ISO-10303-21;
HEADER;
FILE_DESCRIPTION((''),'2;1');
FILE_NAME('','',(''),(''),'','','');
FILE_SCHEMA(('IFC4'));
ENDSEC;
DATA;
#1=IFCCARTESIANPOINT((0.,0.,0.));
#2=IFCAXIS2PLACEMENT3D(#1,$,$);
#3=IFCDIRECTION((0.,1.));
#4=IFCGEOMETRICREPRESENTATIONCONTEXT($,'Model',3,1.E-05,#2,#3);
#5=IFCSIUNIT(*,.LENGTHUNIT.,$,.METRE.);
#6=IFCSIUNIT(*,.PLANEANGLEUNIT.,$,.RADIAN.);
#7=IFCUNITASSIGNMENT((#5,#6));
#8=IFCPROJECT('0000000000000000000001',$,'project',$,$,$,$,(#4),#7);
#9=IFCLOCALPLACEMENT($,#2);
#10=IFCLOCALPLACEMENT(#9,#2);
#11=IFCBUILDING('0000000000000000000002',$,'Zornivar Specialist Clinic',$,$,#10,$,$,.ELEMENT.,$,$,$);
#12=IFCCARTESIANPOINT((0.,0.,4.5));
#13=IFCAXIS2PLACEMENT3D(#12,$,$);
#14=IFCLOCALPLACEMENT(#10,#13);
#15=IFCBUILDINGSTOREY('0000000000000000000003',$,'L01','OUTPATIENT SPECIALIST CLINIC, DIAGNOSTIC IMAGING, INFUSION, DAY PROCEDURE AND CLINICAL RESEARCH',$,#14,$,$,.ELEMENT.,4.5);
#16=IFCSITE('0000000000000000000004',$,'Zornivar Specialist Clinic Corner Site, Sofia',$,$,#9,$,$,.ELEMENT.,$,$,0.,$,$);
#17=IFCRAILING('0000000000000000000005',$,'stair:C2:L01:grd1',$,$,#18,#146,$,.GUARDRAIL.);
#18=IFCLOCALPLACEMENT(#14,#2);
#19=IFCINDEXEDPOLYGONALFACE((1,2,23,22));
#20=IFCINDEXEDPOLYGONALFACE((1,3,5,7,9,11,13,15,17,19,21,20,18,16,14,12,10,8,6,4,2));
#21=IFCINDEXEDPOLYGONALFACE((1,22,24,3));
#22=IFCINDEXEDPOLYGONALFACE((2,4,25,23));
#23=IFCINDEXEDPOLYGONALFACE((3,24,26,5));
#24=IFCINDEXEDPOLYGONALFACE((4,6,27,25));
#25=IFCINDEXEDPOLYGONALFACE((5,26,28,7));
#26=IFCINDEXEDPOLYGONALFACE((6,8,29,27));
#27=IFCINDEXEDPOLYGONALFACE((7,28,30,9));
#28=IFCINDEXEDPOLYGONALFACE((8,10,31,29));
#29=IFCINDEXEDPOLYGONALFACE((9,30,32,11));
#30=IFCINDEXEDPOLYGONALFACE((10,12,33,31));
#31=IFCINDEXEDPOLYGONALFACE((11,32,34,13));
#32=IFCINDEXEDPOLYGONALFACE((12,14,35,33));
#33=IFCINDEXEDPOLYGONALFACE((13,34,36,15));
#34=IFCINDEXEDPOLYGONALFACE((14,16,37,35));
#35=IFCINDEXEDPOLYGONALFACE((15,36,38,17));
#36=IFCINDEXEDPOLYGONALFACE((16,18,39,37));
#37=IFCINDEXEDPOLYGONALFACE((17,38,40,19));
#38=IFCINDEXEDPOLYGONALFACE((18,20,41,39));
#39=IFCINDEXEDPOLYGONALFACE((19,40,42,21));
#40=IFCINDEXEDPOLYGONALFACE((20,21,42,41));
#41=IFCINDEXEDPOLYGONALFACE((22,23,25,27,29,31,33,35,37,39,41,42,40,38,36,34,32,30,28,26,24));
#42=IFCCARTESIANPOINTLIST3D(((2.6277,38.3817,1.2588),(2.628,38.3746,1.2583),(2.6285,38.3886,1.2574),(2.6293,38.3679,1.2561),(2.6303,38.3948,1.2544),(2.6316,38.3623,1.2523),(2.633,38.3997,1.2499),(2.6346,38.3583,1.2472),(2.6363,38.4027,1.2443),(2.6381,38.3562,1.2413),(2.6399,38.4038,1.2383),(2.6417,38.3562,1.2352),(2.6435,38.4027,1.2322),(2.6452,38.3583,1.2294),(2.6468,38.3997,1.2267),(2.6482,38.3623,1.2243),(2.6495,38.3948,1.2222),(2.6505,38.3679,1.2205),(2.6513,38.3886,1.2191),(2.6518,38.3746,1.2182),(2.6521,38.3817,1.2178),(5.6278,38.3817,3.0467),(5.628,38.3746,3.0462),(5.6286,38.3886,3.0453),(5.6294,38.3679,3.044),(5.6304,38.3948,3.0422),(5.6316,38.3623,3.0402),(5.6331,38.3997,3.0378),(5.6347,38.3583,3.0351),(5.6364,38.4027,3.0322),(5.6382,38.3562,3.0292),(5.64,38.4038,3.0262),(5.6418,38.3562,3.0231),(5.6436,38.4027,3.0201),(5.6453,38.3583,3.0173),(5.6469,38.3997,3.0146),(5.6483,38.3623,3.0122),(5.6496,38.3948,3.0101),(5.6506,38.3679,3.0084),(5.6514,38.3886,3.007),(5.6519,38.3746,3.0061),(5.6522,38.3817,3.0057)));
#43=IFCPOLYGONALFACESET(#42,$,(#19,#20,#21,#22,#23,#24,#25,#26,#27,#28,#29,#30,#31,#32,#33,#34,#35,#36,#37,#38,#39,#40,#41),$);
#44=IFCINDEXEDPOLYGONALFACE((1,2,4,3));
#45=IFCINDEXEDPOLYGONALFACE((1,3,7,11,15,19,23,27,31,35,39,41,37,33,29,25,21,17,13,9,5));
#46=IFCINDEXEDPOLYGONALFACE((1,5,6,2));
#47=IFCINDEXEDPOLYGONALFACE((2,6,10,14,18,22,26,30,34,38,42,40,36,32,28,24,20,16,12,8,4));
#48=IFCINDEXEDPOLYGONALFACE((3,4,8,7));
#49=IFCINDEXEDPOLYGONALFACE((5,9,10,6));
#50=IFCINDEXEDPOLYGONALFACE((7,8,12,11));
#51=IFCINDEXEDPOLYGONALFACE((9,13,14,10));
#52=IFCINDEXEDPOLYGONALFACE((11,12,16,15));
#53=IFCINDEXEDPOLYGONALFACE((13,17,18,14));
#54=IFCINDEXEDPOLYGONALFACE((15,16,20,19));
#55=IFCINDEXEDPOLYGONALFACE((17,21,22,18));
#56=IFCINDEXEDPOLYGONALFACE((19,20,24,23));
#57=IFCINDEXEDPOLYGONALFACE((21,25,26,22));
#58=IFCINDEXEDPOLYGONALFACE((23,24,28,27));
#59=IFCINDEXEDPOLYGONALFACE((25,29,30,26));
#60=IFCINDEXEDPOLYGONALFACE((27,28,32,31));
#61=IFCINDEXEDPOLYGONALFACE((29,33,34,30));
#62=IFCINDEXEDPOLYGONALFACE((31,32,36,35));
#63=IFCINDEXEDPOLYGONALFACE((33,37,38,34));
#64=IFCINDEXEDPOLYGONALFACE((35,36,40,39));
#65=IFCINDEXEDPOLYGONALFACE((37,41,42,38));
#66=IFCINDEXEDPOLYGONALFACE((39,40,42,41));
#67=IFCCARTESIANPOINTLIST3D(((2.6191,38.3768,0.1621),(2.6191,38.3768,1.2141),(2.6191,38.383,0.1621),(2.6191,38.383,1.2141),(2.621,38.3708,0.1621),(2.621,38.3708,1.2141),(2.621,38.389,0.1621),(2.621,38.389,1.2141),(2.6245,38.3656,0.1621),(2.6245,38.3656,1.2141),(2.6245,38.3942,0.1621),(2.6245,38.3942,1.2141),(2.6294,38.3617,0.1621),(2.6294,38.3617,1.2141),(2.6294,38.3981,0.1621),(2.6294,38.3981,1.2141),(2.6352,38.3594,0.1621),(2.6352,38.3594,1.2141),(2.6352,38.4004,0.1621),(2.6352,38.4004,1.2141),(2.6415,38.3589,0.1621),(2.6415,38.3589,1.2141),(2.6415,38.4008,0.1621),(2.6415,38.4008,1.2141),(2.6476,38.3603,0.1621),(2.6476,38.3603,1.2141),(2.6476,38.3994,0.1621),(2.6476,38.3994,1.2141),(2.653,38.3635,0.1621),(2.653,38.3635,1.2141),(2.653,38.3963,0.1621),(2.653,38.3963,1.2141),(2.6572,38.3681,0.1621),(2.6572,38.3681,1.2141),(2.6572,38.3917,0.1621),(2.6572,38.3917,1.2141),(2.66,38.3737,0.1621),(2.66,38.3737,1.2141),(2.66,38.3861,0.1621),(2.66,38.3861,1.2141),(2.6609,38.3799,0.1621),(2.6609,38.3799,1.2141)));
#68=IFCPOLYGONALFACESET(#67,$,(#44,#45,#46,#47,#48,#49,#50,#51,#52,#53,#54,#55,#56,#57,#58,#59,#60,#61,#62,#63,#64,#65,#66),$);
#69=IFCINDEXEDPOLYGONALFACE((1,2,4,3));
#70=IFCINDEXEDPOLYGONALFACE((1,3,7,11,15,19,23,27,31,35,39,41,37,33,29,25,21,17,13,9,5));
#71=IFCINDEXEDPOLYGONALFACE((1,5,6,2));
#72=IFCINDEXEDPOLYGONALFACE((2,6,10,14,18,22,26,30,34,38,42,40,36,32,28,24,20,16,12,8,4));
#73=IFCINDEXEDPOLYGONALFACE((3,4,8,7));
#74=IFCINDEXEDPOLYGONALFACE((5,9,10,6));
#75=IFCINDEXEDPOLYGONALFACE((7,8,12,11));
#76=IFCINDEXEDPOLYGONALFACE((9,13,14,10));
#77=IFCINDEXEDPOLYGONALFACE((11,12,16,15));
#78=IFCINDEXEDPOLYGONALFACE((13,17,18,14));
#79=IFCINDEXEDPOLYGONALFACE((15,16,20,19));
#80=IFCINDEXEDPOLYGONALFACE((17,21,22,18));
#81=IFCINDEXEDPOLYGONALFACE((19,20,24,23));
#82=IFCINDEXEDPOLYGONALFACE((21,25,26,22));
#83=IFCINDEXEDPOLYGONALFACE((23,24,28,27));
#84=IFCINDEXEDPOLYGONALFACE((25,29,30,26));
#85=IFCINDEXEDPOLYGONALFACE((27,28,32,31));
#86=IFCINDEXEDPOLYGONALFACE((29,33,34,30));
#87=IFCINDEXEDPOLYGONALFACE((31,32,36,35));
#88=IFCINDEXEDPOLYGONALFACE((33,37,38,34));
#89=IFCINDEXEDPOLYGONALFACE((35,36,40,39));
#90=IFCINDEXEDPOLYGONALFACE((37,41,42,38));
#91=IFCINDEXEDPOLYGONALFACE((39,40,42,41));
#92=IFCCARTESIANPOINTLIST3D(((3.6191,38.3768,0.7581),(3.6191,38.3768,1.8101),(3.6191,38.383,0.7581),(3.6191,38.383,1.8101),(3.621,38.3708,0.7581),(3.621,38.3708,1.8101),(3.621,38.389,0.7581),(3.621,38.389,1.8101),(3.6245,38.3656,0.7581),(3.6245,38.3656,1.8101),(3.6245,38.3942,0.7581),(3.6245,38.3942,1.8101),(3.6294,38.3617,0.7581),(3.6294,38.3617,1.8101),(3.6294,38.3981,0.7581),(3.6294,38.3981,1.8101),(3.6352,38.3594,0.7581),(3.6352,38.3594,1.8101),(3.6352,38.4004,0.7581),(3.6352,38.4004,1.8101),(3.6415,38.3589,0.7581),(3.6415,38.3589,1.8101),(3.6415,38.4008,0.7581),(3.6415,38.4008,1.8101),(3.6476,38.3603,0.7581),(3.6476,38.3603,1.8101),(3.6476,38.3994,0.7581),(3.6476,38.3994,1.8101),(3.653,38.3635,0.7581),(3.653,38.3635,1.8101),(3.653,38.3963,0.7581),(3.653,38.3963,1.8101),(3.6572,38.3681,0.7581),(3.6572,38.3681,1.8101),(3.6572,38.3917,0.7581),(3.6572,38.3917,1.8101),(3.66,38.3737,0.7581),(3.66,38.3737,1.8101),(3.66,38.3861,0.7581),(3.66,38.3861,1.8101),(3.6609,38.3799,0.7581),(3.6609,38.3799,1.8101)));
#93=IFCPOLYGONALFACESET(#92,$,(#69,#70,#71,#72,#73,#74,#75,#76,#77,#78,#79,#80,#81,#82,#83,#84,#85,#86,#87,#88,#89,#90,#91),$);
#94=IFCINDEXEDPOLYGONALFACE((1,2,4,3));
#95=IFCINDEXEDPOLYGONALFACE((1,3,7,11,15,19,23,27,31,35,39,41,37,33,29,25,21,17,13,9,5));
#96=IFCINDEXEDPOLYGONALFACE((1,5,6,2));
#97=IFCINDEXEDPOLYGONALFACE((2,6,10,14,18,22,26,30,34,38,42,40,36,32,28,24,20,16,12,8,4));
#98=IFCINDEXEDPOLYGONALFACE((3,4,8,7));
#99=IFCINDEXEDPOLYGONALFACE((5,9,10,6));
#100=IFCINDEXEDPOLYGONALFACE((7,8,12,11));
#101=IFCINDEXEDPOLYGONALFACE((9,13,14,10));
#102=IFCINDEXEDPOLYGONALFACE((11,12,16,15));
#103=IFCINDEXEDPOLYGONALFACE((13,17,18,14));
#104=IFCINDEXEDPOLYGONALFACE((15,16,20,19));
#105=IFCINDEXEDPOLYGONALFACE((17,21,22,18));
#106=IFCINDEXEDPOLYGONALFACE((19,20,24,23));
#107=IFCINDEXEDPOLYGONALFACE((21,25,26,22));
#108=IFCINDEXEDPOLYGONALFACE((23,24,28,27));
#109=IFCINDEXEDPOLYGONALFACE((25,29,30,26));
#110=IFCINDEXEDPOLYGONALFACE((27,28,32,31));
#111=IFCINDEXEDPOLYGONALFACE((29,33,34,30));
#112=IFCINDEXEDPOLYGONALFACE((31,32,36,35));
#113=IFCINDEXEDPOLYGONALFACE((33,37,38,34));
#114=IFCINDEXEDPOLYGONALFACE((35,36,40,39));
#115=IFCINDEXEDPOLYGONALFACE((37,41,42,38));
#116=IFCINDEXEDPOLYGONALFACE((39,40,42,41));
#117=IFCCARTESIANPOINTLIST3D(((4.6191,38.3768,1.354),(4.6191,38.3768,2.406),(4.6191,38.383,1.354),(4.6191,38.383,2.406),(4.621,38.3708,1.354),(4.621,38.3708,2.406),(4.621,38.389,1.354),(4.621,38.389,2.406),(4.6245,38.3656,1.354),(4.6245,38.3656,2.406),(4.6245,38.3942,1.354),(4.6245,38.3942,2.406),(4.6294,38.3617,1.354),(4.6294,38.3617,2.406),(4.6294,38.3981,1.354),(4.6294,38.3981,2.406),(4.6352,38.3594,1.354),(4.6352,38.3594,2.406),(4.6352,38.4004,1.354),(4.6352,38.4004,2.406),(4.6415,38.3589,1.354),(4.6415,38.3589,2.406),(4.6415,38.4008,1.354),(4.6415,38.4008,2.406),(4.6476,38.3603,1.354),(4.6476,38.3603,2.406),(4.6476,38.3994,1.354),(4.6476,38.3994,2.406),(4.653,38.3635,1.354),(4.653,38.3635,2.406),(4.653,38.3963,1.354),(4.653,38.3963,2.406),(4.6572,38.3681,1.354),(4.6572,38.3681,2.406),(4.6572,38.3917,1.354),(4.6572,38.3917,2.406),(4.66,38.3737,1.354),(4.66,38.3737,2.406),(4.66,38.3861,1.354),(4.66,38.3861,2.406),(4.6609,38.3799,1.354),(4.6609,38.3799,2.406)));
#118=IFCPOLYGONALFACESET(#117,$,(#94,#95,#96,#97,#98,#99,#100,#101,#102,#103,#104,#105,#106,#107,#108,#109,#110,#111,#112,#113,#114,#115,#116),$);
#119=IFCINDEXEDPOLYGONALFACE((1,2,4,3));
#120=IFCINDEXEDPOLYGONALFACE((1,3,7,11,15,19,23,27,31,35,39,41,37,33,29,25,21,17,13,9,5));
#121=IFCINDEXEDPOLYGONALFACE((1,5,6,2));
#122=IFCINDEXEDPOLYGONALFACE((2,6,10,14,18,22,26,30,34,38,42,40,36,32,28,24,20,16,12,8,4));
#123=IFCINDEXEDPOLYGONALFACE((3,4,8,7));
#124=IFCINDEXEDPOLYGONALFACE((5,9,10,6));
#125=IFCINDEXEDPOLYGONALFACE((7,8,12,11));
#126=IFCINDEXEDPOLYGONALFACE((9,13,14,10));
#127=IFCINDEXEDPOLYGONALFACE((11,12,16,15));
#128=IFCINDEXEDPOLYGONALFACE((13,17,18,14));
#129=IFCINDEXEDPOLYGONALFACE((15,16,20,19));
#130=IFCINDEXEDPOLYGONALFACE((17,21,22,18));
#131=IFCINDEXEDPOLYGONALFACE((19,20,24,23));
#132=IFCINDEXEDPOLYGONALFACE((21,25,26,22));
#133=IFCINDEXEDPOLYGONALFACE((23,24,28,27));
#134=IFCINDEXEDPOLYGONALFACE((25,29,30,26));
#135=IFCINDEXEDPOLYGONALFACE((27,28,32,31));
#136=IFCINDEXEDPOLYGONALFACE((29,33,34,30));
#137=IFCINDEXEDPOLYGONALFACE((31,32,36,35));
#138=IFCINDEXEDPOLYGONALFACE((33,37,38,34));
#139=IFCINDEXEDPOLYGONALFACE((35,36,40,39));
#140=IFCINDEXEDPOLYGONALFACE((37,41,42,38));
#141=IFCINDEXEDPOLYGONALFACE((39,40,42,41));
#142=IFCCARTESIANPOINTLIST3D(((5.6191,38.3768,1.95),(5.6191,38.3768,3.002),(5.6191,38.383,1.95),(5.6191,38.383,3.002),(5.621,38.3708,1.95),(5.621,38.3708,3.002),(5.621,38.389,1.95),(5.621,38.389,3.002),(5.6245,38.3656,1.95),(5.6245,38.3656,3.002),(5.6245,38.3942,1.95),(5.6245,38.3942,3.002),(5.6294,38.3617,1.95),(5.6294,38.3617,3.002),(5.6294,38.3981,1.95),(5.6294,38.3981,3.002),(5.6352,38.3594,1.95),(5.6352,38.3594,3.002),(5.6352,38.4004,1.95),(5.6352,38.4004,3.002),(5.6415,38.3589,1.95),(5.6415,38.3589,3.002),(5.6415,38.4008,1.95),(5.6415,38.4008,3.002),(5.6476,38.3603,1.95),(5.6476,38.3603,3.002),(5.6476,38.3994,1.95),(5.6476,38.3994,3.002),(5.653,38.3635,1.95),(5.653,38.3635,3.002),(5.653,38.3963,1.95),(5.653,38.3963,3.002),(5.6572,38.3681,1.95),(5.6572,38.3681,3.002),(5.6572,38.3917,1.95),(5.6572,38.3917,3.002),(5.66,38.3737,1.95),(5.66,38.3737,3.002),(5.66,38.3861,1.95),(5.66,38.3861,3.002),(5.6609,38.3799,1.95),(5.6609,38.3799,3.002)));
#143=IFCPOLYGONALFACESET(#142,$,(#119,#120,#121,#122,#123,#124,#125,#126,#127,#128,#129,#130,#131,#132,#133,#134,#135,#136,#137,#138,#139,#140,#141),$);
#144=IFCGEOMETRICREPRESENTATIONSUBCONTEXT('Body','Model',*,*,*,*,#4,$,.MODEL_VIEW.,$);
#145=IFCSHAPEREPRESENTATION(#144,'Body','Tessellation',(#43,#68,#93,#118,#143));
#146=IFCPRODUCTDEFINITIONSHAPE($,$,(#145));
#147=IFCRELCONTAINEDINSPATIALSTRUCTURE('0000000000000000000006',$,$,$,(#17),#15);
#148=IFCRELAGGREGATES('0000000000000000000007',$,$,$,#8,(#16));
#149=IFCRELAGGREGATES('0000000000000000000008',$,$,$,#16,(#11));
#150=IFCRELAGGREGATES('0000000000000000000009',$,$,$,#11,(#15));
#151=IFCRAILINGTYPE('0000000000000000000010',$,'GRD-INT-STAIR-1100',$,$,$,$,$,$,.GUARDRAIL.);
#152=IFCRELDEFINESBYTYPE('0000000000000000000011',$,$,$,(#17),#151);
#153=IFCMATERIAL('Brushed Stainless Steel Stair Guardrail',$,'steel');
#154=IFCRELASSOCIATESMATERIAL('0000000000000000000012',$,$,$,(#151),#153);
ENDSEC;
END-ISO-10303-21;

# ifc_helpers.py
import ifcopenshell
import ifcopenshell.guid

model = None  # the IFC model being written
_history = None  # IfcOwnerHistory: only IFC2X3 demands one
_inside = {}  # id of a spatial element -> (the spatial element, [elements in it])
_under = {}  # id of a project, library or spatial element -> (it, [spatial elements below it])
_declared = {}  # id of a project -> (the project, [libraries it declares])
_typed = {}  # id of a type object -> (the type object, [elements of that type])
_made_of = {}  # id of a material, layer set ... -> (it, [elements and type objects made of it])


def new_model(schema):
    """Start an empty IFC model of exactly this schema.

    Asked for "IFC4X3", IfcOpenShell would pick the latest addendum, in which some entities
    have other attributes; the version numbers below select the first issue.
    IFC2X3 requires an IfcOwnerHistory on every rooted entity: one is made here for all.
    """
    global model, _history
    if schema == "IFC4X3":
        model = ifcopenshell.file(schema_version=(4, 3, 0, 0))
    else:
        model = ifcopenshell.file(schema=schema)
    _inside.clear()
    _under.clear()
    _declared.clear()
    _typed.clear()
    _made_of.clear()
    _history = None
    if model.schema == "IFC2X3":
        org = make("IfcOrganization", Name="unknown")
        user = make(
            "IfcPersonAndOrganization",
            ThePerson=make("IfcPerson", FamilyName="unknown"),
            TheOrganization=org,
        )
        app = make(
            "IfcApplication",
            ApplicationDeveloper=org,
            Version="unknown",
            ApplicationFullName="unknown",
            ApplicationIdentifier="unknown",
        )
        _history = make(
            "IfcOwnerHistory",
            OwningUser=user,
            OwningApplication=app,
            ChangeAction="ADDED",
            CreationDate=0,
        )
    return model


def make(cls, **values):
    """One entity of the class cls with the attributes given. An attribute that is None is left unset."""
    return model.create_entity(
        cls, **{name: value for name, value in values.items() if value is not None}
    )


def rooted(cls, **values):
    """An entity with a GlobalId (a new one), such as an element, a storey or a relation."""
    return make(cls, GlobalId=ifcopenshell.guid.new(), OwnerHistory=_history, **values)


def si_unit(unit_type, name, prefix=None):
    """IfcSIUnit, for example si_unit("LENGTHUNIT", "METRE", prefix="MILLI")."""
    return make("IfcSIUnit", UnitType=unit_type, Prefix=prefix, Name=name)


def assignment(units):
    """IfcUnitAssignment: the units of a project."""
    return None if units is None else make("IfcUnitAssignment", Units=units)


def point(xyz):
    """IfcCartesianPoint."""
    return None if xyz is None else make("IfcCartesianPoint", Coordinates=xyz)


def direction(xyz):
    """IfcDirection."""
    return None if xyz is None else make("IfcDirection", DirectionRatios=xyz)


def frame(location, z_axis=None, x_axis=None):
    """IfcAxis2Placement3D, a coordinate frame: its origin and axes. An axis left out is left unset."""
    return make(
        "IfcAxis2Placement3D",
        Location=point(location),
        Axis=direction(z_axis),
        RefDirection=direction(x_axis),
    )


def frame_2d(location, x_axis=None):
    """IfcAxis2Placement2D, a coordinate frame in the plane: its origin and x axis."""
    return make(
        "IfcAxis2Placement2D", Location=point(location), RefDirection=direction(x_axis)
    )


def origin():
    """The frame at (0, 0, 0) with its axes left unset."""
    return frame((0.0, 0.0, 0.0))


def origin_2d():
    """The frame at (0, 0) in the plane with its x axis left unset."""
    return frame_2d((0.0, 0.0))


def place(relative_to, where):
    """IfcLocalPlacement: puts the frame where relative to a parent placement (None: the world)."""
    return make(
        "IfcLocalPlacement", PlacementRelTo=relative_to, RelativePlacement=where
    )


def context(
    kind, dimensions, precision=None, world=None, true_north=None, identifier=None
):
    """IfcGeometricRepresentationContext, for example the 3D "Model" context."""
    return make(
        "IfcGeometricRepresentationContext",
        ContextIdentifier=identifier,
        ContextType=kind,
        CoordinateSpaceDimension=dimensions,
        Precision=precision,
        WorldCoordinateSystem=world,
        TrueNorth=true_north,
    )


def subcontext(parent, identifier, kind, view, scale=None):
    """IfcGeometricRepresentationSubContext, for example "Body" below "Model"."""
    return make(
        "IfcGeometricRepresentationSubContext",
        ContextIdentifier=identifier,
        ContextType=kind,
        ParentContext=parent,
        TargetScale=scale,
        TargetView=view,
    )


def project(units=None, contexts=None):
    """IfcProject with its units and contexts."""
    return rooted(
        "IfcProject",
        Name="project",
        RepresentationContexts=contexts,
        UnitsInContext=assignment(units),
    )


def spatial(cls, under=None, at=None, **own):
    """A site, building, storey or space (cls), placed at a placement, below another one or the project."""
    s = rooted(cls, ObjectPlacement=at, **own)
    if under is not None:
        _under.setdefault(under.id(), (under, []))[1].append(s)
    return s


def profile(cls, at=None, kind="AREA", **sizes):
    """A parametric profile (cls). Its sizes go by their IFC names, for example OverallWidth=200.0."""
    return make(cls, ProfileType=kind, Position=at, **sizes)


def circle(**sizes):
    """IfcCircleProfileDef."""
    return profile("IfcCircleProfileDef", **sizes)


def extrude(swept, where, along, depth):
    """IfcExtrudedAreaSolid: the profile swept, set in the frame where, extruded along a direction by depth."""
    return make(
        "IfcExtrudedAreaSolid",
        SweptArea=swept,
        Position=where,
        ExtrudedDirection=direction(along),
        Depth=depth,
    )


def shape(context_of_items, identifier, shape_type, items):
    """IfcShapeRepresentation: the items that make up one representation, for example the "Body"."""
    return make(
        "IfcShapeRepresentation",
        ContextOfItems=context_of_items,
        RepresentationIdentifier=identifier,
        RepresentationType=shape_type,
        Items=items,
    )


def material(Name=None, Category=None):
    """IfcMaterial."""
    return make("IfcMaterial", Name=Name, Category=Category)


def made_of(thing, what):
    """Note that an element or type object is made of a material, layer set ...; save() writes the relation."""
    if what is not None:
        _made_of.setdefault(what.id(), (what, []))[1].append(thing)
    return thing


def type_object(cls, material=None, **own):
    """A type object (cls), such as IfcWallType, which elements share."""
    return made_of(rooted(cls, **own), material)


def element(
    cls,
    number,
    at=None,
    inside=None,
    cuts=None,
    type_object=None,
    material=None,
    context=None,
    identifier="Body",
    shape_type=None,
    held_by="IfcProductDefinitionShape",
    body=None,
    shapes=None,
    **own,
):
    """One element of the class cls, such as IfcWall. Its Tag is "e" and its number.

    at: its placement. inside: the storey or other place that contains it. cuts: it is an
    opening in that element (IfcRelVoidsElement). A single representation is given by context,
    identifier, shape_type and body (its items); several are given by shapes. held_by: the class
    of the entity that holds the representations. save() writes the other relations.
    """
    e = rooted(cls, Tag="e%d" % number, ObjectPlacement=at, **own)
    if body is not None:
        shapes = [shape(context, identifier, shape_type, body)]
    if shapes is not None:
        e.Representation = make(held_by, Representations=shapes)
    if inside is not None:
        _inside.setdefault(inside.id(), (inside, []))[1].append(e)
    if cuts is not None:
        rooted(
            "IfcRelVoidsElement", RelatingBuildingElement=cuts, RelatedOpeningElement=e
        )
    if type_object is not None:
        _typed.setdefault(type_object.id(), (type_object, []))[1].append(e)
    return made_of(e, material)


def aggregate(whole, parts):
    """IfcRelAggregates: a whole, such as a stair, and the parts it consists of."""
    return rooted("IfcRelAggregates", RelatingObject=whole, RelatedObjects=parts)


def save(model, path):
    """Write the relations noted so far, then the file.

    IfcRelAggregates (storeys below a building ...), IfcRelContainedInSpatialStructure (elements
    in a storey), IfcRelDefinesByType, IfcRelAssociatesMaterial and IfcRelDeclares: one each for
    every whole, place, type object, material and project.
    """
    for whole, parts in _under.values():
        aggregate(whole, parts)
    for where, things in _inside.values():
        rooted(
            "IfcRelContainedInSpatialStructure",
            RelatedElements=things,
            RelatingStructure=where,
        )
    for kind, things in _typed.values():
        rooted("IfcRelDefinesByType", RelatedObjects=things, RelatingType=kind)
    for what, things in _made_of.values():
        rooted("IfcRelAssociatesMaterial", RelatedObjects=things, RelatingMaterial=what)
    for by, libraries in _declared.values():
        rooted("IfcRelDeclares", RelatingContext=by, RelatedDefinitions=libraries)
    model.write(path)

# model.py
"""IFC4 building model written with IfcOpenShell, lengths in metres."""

from ifc_helpers import new_model, si_unit, direction, frame, origin, origin_2d, place, context, subcontext, project, spatial, circle, extrude, material, type_object, element, save


model = new_model("IFC4")

# Units and contexts
model_context = context("Model", 3, precision=1e-05, world=origin(), true_north=direction((0.0, 1.0)))
body_context = subcontext(model_context, "Body", "Model", "MODEL_VIEW")
ifc_project = project(units=[si_unit("LENGTHUNIT", "METRE"), si_unit("PLANEANGLEUNIT", "RADIAN")], contexts=[model_context])

# Site, building, storey
site_placement = place(None, origin())
site = spatial("IfcSite", under=ifc_project, at=site_placement, Name="Zornivar Specialist Clinic Corner Site, Sofia", CompositionType="ELEMENT", RefElevation=0.0)
building_placement = place(site_placement, origin())
building = spatial("IfcBuilding", under=site, at=building_placement, Name="Zornivar Specialist Clinic", CompositionType="ELEMENT")
storey_placement = place(building_placement, frame((0.0, 0.0, 4.5)))
storey = spatial("IfcBuildingStorey", under=building, at=storey_placement, Name="L01", Description="OUTPATIENT SPECIALIST CLINIC, DIAGNOSTIC IMAGING, INFUSION, DAY PROCEDURE AND CLINICAL RESEARCH", CompositionType="ELEMENT", Elevation=4.5)

# Railing
ifc_material_1 = material(Name="Brushed Stainless Steel Stair Guardrail", Category="steel")
railing_type_1 = type_object("IfcRailingType", Name="GRD-INT-STAIR-1100", PredefinedType="GUARDRAIL", material=ifc_material_1)
railing_1_placement = place(storey_placement, frame((2.6399, 38.3799, 0.1621)))
element("IfcRailing", 1, at=railing_1_placement, inside=storey, type_object=railing_type_1, Name="stair:C2:L01:grd1", PredefinedType="GUARDRAIL", context=body_context, shape_type="SweptSolid", body=[
    extrude(circle(Radius=0.0239, at=origin_2d()), frame((0.0, 0.0, 1.0762), z_axis=(0.859025, 0.0, 0.511934), x_axis=(0.0, 1.0, 0.0)), (0.0, 0.0, 1.0), 3.4924),
    extrude(circle(Radius=0.021, at=origin_2d()), origin(), (0.0, 0.0, 1.0), 1.052),
    extrude(circle(Radius=0.021, at=origin_2d()), frame((1.0, 0.0, 0.5959)), (0.0, 0.0, 1.0), 1.052),
    extrude(circle(Radius=0.021, at=origin_2d()), frame((2.0, 0.0, 1.1919)), (0.0, 0.0, 1.0), 1.052),
    extrude(circle(Radius=0.021, at=origin_2d()), frame((3.0, 0.0, 1.7878)), (0.0, 0.0, 1.0), 1.052),
])

save(model, "model.ifc")
